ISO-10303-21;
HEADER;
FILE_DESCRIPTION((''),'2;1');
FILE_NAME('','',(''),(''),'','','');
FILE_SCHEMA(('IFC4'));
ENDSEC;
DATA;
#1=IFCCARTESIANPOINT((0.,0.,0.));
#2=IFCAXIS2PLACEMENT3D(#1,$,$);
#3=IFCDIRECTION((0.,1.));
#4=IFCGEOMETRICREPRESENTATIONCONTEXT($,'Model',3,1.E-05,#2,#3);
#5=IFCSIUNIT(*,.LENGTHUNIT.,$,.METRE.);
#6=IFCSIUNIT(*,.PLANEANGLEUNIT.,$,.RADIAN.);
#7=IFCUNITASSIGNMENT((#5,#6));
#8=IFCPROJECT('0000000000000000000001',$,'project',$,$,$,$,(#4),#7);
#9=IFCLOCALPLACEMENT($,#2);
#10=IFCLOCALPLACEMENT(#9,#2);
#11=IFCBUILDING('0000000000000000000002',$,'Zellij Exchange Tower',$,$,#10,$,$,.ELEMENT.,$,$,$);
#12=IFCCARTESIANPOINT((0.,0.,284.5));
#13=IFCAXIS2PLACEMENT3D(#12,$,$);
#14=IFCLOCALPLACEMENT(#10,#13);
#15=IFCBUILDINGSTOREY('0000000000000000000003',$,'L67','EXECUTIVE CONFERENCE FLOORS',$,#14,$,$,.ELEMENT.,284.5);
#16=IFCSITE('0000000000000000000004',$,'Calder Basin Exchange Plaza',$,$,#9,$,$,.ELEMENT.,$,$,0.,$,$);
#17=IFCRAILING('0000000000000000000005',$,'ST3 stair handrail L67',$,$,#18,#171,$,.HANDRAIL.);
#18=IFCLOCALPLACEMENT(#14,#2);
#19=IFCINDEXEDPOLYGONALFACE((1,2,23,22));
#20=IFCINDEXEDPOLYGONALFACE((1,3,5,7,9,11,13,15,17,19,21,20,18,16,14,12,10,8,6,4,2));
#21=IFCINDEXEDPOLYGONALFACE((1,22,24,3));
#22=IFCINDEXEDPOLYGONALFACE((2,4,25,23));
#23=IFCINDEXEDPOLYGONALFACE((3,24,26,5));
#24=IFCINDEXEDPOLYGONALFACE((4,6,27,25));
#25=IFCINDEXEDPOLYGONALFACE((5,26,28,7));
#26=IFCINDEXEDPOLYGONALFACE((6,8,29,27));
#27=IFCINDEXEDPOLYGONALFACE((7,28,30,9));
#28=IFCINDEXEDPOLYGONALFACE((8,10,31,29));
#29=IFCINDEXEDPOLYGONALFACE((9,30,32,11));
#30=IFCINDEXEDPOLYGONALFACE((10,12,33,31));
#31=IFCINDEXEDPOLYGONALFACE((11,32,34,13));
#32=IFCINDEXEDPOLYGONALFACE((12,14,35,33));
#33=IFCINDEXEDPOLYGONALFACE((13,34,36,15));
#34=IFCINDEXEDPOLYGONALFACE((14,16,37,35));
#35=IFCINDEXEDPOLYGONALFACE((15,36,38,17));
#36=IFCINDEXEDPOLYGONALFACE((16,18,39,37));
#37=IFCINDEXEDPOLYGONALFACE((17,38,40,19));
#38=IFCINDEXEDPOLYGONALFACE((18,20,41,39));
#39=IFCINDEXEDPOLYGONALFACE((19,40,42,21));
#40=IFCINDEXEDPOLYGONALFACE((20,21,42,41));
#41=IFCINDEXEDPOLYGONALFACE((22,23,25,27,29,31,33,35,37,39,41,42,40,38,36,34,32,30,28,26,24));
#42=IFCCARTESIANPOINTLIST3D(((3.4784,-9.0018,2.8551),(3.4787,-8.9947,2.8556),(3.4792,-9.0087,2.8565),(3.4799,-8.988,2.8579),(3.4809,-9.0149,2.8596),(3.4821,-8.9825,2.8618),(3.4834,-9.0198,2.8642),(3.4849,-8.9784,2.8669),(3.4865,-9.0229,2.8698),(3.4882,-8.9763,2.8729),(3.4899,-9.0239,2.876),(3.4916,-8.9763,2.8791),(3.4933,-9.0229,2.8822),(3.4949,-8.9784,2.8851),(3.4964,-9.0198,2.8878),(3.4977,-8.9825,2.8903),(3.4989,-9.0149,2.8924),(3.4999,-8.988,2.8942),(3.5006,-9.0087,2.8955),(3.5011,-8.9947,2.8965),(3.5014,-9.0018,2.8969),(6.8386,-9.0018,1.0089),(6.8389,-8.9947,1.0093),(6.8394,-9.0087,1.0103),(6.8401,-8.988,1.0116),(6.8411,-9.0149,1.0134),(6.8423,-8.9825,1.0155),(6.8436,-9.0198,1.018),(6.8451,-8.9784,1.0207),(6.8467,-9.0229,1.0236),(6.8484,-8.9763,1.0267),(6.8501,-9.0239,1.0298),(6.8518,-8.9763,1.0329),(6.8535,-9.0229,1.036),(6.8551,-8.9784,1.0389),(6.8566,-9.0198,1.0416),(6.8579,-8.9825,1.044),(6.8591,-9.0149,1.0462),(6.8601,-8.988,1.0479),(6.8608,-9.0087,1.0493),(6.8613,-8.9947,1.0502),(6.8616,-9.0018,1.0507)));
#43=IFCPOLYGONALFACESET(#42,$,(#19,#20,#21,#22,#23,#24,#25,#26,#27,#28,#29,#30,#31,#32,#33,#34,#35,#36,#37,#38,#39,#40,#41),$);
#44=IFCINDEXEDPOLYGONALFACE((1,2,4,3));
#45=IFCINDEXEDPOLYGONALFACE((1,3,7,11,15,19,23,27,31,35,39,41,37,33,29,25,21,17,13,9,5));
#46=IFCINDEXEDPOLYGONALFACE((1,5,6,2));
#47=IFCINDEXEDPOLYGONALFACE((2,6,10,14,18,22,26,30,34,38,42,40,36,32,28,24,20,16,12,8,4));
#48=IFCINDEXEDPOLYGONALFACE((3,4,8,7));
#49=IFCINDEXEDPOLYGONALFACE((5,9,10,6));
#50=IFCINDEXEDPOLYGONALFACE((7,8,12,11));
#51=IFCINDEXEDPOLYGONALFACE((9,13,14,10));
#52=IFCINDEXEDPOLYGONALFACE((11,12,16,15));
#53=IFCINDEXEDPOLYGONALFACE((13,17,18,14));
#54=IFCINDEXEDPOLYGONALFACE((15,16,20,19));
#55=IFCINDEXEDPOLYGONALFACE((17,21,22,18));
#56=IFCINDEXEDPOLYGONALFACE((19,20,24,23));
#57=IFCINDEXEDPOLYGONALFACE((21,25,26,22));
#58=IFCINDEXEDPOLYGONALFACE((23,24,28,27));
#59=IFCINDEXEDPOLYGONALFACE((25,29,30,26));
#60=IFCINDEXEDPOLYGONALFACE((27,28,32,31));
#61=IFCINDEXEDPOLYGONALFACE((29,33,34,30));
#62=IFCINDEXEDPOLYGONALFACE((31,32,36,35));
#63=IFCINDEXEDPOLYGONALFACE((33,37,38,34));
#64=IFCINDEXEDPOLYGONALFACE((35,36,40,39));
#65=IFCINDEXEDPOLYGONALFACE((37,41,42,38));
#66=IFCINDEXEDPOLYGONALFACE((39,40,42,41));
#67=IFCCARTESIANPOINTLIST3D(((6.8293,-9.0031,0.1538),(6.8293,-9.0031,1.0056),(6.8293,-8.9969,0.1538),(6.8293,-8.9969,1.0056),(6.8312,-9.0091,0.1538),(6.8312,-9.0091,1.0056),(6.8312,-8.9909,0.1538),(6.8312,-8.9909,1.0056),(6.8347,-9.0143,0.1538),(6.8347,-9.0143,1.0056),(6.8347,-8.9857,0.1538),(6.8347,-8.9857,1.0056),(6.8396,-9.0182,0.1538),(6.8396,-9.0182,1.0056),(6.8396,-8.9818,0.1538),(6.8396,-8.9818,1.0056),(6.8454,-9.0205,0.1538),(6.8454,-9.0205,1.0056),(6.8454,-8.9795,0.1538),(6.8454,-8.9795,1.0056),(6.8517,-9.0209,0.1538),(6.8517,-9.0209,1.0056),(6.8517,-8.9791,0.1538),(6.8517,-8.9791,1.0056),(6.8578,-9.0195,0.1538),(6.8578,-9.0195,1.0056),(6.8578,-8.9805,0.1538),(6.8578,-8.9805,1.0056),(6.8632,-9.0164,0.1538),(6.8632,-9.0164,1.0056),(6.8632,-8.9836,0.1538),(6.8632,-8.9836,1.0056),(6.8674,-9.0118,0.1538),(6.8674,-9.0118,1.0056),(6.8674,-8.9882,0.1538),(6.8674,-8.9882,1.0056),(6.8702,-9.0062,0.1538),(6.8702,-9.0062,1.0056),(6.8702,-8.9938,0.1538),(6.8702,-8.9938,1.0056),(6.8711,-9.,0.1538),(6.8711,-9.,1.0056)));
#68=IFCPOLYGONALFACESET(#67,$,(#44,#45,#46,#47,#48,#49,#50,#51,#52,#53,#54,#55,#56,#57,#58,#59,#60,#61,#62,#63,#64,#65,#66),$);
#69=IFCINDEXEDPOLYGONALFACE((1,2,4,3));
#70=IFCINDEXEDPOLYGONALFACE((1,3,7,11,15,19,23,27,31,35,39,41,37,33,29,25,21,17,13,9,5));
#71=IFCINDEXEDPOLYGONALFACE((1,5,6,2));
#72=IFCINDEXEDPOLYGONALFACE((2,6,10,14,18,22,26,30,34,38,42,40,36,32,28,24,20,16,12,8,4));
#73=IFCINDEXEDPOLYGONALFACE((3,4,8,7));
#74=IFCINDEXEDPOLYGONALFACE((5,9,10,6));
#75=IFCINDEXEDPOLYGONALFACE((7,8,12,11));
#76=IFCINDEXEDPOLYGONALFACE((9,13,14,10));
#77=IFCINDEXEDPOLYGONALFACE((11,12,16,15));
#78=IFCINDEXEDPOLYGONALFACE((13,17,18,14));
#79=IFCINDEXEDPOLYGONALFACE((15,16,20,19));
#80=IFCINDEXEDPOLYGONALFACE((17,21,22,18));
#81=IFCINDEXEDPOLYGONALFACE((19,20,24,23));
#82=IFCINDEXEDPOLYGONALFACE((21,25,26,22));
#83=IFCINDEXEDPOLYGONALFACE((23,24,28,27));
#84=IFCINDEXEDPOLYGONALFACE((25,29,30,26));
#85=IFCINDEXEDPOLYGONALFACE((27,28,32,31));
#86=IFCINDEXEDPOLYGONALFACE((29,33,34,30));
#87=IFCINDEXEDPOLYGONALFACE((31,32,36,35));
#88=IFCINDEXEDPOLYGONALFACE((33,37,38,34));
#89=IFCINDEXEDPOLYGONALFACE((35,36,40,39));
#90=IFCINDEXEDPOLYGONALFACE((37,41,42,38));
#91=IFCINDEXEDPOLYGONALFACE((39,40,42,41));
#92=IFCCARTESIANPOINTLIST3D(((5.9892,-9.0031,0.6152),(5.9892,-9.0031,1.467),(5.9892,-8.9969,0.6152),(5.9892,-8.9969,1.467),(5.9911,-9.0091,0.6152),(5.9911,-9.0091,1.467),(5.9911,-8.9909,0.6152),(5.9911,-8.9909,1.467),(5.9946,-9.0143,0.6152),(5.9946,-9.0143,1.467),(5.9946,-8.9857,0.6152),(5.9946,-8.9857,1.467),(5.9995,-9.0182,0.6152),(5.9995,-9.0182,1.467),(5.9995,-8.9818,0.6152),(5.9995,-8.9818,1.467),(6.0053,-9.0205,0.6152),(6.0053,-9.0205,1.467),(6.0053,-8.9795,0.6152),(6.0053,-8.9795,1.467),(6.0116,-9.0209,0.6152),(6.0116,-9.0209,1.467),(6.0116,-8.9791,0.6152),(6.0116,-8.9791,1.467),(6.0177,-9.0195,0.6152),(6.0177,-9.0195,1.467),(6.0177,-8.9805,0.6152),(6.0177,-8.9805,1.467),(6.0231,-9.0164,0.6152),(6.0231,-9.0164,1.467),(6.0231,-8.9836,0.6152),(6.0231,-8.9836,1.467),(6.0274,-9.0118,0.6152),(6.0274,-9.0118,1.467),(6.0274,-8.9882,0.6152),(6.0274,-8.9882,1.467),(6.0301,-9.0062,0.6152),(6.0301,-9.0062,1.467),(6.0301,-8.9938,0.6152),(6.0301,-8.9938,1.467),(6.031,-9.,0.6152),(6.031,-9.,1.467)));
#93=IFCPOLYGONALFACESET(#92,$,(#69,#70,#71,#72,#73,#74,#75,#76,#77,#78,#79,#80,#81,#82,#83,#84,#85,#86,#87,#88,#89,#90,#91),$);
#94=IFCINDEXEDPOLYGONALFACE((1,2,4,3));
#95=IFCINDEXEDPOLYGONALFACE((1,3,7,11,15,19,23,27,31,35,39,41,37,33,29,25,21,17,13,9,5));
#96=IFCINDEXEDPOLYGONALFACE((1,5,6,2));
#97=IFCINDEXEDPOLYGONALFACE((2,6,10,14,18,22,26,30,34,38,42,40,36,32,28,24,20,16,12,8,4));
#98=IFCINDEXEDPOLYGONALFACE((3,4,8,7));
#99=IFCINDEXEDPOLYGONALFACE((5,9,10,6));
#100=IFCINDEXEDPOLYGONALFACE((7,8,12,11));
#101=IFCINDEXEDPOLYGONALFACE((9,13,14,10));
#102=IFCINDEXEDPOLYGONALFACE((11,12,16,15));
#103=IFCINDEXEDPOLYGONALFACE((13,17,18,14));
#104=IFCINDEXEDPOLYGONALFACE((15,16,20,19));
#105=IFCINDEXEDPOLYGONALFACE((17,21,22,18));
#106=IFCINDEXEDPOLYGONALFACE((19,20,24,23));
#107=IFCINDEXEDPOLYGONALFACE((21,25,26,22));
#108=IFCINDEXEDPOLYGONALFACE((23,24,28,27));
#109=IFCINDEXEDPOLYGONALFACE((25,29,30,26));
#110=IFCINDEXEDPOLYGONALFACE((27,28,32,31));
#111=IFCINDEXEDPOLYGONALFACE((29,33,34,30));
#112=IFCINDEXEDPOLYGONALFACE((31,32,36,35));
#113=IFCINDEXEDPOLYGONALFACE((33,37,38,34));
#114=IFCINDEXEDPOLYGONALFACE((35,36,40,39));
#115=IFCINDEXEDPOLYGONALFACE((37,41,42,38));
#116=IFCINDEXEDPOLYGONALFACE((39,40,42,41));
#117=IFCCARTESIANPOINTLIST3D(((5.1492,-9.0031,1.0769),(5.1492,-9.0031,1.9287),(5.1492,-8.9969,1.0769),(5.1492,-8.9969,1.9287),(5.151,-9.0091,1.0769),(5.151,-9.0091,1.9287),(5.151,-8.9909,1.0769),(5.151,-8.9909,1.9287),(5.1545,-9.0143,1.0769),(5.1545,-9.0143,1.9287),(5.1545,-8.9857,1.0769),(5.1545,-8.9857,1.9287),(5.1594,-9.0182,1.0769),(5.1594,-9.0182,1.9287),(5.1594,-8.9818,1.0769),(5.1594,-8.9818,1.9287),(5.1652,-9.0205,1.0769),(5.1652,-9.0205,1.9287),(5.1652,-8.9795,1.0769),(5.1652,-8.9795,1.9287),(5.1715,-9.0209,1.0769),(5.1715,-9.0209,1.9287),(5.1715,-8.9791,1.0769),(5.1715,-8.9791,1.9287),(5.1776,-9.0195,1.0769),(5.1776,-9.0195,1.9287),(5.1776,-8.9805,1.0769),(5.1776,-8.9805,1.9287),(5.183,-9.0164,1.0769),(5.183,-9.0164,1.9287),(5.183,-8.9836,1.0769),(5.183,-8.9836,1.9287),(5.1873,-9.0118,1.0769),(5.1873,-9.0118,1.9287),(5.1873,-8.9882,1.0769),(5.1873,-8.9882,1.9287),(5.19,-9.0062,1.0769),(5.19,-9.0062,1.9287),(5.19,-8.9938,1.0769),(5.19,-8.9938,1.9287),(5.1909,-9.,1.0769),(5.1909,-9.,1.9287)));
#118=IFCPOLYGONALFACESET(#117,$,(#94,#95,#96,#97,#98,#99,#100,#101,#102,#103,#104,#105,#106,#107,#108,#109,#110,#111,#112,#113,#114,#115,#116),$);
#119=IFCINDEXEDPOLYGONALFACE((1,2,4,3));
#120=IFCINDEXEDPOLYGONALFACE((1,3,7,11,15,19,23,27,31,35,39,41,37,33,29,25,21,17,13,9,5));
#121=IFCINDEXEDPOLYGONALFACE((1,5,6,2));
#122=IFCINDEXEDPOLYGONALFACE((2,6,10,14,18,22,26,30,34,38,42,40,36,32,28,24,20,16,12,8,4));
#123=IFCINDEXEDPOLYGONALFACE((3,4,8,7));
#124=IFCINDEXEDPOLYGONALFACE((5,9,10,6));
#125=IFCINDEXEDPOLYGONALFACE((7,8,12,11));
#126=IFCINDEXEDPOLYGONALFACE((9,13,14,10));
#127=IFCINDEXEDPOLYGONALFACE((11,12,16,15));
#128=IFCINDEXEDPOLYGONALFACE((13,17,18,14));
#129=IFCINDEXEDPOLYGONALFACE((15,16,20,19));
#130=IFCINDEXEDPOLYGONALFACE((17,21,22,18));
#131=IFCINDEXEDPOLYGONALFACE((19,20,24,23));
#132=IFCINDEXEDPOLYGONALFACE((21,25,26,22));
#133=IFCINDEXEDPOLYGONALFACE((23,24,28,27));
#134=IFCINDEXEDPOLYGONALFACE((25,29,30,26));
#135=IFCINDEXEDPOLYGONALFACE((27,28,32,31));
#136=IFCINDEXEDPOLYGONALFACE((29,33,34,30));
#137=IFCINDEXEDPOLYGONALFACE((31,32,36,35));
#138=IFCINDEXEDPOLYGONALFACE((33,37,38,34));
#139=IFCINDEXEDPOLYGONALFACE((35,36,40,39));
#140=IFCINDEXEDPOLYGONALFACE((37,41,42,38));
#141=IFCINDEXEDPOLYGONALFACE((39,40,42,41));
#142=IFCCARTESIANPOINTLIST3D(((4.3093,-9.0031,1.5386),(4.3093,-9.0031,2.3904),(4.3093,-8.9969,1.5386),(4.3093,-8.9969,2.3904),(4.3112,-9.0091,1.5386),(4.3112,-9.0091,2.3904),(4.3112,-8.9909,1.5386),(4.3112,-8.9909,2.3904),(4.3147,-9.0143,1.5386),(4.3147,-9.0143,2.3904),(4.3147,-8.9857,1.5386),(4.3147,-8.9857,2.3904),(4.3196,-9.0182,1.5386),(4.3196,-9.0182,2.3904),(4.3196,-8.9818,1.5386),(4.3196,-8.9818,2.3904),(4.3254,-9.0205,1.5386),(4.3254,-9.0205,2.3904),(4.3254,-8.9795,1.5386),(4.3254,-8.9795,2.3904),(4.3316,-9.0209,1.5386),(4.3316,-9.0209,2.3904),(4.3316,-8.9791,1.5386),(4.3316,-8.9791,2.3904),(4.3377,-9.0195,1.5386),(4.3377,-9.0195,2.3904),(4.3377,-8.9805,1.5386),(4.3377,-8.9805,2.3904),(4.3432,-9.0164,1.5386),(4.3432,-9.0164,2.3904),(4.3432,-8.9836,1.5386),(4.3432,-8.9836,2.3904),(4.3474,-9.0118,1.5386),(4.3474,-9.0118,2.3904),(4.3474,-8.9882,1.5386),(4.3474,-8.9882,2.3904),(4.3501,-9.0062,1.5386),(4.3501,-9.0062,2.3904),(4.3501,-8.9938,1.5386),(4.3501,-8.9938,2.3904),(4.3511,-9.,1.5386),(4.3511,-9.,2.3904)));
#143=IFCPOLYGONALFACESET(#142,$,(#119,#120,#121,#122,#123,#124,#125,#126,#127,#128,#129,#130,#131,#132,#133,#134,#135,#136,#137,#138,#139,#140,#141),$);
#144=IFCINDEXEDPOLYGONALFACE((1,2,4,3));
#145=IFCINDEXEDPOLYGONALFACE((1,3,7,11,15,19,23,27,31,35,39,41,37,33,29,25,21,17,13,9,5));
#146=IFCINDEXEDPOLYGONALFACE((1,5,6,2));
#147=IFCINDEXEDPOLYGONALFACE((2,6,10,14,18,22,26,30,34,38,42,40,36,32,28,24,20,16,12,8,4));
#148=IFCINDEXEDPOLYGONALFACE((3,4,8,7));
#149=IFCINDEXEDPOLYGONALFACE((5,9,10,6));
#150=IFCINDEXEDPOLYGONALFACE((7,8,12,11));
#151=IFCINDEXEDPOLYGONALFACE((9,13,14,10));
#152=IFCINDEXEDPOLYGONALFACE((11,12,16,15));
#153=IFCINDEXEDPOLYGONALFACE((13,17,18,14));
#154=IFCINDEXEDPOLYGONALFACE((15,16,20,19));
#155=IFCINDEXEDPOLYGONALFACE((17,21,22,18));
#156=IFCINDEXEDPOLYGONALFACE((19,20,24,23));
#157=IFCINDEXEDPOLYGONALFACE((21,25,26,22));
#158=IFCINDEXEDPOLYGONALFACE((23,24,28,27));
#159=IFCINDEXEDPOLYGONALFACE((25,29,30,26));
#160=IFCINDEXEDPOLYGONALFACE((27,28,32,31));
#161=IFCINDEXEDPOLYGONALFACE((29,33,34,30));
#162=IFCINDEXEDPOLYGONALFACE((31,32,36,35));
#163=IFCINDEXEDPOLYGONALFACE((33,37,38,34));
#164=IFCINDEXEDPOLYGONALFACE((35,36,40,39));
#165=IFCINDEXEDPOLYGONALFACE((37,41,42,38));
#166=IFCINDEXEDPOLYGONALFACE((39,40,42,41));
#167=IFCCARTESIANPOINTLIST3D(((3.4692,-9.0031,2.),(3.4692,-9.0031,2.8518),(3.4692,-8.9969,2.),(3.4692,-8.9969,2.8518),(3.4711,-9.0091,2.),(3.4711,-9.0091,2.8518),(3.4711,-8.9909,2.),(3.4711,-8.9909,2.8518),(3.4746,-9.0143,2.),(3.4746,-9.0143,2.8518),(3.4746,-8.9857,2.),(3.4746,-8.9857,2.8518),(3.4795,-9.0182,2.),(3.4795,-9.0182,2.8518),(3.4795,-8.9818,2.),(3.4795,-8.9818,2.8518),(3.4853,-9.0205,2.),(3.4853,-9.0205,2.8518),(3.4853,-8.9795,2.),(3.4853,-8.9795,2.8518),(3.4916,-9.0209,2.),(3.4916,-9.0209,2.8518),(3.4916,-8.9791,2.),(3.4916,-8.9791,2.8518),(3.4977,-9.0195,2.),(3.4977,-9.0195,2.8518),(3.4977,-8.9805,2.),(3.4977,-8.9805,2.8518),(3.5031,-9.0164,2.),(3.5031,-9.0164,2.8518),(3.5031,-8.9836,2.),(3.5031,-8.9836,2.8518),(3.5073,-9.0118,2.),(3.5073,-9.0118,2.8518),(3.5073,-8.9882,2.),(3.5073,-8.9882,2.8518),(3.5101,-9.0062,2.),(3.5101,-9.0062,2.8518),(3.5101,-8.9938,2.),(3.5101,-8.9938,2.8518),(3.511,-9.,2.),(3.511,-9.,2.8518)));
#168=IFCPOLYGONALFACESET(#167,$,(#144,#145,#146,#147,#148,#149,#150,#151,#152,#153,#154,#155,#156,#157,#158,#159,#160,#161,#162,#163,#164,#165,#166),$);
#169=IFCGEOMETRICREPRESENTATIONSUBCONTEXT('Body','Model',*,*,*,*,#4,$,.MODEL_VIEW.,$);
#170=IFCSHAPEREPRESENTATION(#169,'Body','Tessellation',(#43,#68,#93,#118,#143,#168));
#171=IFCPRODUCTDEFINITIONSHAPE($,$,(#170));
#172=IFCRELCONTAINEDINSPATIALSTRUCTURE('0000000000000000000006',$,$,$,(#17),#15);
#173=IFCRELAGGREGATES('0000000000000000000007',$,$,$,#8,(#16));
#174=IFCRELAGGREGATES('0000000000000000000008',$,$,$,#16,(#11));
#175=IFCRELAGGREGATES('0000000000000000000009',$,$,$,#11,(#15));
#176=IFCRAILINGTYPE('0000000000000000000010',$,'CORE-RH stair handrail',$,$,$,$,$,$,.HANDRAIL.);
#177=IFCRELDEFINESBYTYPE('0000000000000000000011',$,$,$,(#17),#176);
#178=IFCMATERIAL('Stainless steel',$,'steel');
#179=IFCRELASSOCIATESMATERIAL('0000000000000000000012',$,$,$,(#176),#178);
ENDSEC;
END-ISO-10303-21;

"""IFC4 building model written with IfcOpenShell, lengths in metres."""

from ifc_helpers import new_model, si_unit, direction, frame, origin, origin_2d, place, context, subcontext, project, spatial, circle, extrude, material, type_object, element, save


model = new_model("IFC4")

# Units and contexts
model_context = context("Model", 3, precision=1e-05, world=origin(), true_north=direction((0.0, 1.0)))
body_context = subcontext(model_context, "Body", "Model", "MODEL_VIEW")
ifc_project = project(units=[si_unit("LENGTHUNIT", "METRE"), si_unit("PLANEANGLEUNIT", "RADIAN")], contexts=[model_context])

# Site, building, storey
site_placement = place(None, origin())
site = spatial("IfcSite", under=ifc_project, at=site_placement, Name="Calder Basin Exchange Plaza", CompositionType="ELEMENT", RefElevation=0.0)
building_placement = place(site_placement, origin())
building = spatial("IfcBuilding", under=site, at=building_placement, Name="Zellij Exchange Tower", CompositionType="ELEMENT")
storey_placement = place(building_placement, frame((0.0, 0.0, 284.5)))
storey = spatial("IfcBuildingStorey", under=building, at=storey_placement, Name="L67", Description="EXECUTIVE CONFERENCE FLOORS", CompositionType="ELEMENT", Elevation=284.5)

# Railing
ifc_material_1 = material(Name="Stainless steel", Category="steel")
railing_type_1 = type_object("IfcRailingType", Name="CORE-RH stair handrail", PredefinedType="HANDRAIL", material=ifc_material_1)
railing_1_placement = place(storey_placement, frame((6.8501, -9.0, 0.1538)))
element("IfcRailing", 1, at=railing_1_placement, inside=storey, type_object=railing_type_1, Name="ST3 stair handrail L67", PredefinedType="HANDRAIL", context=body_context, shape_type="SweptSolid", body=[
    extrude(circle(Radius=0.0239, at=origin_2d()), frame((0.0, 0.0, 0.876), z_axis=(-0.876422, 0.0, 0.481545), x_axis=(0.0, -1.0, 0.0)), (0.0, 0.0, 1.0), 3.834),
    extrude(circle(Radius=0.021, at=origin_2d()), origin(), (0.0, 0.0, 1.0), 0.8518),
    extrude(circle(Radius=0.021, at=origin_2d()), frame((-0.8401, 0.0, 0.4614)), (0.0, 0.0, 1.0), 0.8518),
    extrude(circle(Radius=0.021, at=origin_2d()), frame((-1.6802, 0.0, 0.9231)), (0.0, 0.0, 1.0), 0.8518),
    extrude(circle(Radius=0.021, at=origin_2d()), frame((-2.52, 0.0, 1.3848)), (0.0, 0.0, 1.0), 0.8518),
    extrude(circle(Radius=0.021, at=origin_2d()), frame((-3.3601, 0.0, 1.8462)), (0.0, 0.0, 1.0), 0.8518),
])

save(model, "model.ifc")
